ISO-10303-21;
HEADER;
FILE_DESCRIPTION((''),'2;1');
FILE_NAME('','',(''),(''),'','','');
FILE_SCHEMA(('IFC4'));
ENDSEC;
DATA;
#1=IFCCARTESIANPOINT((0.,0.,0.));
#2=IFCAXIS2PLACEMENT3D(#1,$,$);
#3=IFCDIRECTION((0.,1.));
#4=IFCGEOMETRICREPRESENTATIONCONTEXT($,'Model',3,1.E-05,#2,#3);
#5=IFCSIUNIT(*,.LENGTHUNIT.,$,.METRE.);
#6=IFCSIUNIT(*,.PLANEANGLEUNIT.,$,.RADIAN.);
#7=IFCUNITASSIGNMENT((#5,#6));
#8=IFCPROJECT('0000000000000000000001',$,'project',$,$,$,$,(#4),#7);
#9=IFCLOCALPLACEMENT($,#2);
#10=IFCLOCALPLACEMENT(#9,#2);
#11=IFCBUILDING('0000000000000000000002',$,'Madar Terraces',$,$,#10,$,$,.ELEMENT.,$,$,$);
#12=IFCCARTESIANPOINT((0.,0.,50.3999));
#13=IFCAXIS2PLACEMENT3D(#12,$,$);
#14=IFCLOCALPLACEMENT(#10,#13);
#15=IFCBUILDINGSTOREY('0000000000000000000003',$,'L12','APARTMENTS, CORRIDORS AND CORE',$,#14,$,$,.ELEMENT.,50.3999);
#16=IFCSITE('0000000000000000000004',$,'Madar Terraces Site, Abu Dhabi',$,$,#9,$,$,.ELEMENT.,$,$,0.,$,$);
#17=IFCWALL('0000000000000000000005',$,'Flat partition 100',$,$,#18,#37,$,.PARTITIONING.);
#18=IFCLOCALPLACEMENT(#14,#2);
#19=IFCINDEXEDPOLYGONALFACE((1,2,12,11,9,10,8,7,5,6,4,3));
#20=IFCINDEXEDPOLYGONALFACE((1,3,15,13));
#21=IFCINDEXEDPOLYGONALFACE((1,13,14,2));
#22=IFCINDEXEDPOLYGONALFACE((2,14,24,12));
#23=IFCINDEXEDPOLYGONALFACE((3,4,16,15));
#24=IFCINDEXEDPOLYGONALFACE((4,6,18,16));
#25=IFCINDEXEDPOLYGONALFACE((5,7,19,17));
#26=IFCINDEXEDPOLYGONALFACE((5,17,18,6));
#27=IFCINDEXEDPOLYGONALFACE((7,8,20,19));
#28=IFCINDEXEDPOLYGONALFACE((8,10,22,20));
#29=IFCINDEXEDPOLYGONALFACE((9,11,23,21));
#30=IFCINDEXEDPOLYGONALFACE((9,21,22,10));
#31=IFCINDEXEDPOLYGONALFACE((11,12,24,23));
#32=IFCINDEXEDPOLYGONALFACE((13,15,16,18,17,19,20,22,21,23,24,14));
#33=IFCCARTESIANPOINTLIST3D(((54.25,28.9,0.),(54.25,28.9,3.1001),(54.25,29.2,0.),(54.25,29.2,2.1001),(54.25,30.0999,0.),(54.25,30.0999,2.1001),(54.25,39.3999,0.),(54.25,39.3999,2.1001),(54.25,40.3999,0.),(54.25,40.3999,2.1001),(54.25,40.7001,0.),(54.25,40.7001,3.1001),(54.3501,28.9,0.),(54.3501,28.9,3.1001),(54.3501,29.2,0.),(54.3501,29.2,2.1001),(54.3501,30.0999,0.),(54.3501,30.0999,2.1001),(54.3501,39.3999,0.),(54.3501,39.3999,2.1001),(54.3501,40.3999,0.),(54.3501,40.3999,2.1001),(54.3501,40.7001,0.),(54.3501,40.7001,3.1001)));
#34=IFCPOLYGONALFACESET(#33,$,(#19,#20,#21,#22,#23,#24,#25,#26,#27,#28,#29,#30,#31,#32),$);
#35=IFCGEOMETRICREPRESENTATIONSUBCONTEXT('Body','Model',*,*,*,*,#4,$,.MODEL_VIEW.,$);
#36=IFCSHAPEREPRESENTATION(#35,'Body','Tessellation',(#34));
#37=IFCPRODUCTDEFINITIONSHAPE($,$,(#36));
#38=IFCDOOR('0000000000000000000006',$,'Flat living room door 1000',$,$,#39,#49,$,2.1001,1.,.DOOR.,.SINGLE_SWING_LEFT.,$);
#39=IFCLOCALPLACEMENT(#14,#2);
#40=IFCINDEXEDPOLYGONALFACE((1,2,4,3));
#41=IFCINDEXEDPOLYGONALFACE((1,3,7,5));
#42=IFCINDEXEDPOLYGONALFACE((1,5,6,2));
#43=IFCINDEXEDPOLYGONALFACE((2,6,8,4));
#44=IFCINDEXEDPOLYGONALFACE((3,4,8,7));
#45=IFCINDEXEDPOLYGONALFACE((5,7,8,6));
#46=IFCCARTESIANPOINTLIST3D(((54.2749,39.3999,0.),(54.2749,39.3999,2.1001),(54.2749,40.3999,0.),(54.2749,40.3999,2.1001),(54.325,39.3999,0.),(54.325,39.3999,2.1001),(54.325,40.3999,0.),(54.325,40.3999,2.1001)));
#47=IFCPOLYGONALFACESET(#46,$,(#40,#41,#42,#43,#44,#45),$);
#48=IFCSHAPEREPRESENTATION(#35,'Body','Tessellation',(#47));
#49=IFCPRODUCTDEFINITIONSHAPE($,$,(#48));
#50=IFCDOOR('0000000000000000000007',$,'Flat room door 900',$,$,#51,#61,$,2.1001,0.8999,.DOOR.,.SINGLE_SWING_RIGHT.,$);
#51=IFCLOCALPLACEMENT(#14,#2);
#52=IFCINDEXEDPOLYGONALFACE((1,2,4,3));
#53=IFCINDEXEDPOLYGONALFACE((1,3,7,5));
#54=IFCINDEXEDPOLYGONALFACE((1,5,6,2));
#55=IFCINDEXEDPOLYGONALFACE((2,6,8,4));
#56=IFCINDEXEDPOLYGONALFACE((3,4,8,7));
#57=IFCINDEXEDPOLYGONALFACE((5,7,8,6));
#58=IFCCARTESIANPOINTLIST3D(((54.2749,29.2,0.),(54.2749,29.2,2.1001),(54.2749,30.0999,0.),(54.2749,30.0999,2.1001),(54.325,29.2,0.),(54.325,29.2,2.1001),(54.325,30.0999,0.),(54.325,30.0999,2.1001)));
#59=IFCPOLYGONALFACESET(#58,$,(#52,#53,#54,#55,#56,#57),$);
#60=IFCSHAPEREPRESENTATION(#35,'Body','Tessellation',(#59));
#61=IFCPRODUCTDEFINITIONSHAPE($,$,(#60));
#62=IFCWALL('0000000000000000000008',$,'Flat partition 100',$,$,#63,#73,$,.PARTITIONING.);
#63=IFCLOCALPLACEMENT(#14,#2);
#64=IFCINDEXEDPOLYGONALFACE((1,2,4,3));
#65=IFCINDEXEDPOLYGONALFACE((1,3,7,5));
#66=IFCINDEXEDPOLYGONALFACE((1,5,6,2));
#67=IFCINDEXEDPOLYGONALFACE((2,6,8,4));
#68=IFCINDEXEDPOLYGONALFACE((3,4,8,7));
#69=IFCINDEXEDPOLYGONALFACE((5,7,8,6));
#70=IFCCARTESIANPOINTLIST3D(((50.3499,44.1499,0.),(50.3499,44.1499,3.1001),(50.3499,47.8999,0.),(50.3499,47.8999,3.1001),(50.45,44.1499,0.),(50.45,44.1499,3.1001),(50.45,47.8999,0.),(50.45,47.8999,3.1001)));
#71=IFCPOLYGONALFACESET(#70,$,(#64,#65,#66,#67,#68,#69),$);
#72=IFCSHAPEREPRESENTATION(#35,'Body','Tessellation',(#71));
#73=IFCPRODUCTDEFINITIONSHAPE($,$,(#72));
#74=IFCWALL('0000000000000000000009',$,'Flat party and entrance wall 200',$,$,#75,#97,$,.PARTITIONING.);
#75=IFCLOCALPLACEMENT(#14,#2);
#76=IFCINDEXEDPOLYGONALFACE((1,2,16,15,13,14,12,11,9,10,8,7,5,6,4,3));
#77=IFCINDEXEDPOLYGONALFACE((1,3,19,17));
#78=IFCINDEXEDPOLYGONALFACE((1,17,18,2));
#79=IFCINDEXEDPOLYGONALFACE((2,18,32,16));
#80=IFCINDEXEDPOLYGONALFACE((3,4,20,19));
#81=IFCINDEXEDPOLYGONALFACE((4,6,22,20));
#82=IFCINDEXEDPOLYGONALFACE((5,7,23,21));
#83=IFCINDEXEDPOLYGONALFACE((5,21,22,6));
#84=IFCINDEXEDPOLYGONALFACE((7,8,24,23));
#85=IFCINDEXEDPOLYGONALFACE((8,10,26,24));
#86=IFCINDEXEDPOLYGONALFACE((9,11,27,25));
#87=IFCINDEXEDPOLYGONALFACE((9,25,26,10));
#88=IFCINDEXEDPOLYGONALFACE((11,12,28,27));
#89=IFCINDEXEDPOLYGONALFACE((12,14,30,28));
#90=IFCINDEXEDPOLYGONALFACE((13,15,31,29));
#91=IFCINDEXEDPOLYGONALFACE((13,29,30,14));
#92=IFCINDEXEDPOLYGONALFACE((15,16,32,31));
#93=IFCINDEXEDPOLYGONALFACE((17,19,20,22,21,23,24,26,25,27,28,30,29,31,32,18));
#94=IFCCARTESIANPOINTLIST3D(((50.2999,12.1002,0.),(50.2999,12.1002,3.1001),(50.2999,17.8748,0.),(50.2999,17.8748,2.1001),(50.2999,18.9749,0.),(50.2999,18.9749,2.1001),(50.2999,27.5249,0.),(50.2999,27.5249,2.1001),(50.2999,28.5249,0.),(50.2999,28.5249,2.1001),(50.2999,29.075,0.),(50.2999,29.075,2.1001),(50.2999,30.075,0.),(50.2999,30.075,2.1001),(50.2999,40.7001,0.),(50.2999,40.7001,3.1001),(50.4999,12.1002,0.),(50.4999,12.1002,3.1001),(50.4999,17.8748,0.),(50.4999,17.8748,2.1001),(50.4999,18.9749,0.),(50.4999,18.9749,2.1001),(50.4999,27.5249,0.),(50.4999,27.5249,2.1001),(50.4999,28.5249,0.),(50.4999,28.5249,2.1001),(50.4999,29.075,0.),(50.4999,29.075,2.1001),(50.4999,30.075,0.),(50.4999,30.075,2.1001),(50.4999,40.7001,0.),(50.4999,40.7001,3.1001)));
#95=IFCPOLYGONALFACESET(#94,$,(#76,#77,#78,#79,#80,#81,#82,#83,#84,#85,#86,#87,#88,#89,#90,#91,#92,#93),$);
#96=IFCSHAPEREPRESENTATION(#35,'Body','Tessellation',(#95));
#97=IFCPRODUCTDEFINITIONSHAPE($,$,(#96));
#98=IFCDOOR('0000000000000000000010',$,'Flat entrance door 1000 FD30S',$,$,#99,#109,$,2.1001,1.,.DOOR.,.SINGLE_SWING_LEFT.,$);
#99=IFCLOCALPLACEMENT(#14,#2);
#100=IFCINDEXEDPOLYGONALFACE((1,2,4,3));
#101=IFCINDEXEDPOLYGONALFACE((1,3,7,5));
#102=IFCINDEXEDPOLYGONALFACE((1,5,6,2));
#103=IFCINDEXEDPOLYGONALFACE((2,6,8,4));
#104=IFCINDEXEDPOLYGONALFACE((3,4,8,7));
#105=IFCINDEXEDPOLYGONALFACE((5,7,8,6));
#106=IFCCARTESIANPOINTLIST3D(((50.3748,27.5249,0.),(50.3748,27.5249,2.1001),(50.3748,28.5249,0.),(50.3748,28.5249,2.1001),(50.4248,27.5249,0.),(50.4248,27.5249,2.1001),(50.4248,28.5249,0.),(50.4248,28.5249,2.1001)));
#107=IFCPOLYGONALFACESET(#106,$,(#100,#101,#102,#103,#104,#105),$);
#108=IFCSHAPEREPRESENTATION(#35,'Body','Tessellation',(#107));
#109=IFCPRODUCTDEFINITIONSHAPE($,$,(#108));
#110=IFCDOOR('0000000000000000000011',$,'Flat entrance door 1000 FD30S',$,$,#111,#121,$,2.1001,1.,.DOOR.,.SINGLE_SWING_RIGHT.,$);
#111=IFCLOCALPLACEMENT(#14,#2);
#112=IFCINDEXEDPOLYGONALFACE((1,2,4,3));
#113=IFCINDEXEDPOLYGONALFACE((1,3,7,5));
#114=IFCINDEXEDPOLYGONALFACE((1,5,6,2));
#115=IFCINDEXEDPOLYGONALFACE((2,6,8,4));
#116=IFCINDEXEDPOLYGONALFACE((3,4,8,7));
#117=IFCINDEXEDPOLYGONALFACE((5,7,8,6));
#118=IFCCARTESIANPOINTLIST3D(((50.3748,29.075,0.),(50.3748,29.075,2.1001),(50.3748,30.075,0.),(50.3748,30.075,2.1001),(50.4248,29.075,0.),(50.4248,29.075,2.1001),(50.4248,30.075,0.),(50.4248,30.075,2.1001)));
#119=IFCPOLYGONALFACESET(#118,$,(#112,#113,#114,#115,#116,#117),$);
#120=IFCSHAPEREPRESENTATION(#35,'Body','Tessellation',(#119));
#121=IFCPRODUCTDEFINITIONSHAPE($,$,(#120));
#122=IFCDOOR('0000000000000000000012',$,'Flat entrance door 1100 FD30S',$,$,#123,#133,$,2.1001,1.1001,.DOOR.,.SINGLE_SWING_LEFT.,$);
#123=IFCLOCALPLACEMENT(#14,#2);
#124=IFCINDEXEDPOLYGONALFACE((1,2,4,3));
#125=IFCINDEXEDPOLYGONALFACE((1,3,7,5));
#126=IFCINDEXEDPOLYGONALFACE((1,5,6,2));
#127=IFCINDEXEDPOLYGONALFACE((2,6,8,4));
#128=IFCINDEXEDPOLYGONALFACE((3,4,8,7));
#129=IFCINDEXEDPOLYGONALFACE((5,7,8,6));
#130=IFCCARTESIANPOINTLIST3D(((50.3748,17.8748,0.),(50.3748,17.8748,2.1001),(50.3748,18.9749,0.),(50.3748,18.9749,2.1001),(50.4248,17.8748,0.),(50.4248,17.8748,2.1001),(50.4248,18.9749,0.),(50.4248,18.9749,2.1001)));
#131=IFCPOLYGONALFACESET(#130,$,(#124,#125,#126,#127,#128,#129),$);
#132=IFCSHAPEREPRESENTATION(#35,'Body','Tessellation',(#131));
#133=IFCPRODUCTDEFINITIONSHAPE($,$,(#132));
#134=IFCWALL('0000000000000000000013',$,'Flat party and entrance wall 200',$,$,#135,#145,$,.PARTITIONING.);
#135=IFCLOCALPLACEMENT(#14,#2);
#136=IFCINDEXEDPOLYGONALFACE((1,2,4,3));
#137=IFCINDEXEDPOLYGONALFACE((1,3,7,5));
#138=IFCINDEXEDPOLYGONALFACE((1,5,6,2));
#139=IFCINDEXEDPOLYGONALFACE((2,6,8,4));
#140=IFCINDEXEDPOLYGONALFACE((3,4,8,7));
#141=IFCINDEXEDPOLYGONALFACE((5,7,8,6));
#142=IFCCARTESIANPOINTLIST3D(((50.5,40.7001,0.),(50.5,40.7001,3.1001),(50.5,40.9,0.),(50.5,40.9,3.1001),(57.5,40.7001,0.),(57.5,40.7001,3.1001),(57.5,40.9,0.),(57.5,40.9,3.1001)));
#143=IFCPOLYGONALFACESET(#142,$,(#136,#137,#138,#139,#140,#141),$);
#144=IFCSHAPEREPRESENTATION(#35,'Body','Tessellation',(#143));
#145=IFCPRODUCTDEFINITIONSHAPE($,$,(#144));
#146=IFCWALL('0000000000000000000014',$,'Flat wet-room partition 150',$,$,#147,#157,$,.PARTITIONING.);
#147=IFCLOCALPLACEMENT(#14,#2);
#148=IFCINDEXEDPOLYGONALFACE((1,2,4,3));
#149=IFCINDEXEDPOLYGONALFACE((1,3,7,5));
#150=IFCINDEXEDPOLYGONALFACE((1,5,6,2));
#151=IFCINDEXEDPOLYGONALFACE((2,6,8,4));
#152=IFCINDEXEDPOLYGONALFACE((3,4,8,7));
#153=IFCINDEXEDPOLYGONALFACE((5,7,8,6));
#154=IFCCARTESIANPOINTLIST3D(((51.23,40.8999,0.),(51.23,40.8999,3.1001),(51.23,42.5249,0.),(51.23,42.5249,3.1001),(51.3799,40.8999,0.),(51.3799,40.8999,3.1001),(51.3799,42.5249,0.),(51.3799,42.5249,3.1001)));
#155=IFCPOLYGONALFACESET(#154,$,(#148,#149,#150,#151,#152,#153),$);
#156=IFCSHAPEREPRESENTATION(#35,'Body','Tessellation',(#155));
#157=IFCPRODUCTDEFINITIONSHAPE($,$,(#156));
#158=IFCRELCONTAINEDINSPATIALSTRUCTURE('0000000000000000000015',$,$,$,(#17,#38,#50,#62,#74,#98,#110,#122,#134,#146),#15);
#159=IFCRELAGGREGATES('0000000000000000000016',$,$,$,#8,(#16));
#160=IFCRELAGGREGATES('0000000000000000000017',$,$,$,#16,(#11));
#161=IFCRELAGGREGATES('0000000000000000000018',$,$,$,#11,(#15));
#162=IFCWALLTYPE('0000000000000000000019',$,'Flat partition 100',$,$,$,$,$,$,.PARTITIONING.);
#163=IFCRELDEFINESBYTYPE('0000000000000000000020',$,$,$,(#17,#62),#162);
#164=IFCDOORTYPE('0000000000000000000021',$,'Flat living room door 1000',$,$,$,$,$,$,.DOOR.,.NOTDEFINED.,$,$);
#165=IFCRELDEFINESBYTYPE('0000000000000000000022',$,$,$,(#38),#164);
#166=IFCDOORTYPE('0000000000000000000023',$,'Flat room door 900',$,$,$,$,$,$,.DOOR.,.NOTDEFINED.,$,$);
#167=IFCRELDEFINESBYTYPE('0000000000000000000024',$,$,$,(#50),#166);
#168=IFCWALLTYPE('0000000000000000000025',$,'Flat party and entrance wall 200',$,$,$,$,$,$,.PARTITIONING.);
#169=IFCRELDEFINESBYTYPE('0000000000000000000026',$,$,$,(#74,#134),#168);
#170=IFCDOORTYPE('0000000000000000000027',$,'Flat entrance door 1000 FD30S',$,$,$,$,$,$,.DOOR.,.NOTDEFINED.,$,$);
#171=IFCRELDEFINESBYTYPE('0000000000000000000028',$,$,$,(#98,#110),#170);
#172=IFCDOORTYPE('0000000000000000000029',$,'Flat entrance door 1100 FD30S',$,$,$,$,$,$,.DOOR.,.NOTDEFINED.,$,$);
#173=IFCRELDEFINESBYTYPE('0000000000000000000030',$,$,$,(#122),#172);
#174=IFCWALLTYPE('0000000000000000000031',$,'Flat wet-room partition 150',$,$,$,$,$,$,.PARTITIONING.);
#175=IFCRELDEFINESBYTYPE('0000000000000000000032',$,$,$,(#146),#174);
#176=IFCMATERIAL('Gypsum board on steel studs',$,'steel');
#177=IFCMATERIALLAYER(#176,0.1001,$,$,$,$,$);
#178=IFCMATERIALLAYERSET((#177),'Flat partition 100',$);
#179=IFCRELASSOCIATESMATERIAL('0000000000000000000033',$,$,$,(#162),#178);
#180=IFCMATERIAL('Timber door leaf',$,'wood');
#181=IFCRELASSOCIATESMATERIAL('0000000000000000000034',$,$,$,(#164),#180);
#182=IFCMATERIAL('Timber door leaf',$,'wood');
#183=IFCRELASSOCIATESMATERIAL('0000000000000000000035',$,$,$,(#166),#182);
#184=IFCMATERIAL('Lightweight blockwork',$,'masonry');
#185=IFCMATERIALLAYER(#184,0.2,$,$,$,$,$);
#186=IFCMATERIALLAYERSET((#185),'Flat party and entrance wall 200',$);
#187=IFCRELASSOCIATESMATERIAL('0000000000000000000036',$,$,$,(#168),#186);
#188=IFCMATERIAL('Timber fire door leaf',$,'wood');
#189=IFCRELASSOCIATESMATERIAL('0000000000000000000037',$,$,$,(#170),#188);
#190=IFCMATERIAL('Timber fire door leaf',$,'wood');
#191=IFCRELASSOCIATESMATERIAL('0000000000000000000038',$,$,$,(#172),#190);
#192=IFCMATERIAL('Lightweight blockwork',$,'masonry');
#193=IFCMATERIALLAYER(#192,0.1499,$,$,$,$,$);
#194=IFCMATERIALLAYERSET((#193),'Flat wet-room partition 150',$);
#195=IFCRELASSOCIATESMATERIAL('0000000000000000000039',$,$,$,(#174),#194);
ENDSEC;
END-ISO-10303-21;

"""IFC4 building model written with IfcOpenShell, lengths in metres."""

from ifc_helpers import new_model, si_unit, direction, frame, frame_2d, origin, place, context, subcontext, project, spatial, rectangle, extrude, material, layer, layer_set, type_object, element, fill, save


model = new_model("IFC4")

# Units and contexts
model_context = context("Model", 3, precision=1e-05, world=origin(), true_north=direction((0.0, 1.0)))
body_context = subcontext(model_context, "Body", "Model", "MODEL_VIEW")
ifc_project = project(units=[si_unit("LENGTHUNIT", "METRE"), si_unit("PLANEANGLEUNIT", "RADIAN")], contexts=[model_context])

# Site, building, storey
site_placement = place(None, origin())
site = spatial("IfcSite", under=ifc_project, at=site_placement, Name="Madar Terraces Site, Abu Dhabi", CompositionType="ELEMENT", RefElevation=0.0)
building_placement = place(site_placement, origin())
building = spatial("IfcBuilding", under=site, at=building_placement, Name="Madar Terraces", CompositionType="ELEMENT")
storey_placement = place(building_placement, frame((0.0, 0.0, 50.3999)))
storey = spatial("IfcBuildingStorey", under=building, at=storey_placement, Name="L12", Description="APARTMENTS, CORRIDORS AND CORE", CompositionType="ELEMENT", Elevation=50.3999)

# Wall, openings, doors
ifc_material_1 = material(Name="Gypsum board on steel studs", Category="steel")
ifc_layer_1 = layer(ifc_material_1, 0.1001)
ifc_layer_set_1 = layer_set([ifc_layer_1], Name="Flat partition 100")
wall_type_1 = type_object("IfcWallType", Name="Flat partition 100", PredefinedType="PARTITIONING", material=ifc_layer_set_1)
wall_1_placement = place(storey_placement, frame((54.3, 40.7, 0.0), z_axis=(0.0, 0.0, 1.0), x_axis=(0.0, -1.0, 0.0)))
wall_1 = element("IfcWall", 1, at=wall_1_placement, inside=storey, type_object=wall_type_1, Name="Flat partition 100", PredefinedType="PARTITIONING", context=body_context, shape_type="SweptSolid", body=[
    extrude(rectangle(XDim=11.8, YDim=0.1001, at=frame_2d((5.8999, 0.0))), origin(), (0.0, 0.0, 1.0), 3.1001),
])
opening_1_placement = place(wall_1_placement, frame((10.6001, 0.0, 0.0)))
opening_1 = element("IfcOpeningElement", 2, at=opening_1_placement, cuts=wall_1, PredefinedType="OPENING", context=body_context, shape_type="SweptSolid", body=[
    extrude(rectangle(XDim=0.8999, YDim=2.1001, at=frame_2d((0.45, 1.05))), frame((0.0, 0.0601, 0.0), z_axis=(0.0, -1.0, 0.0), x_axis=(1.0, 0.0, 0.0)), (0.0, 0.0, 1.0), 0.1201),
])
opening_2_placement = place(wall_1_placement, frame((0.3, 0.0, 0.0)))
opening_2 = element("IfcOpeningElement", 3, at=opening_2_placement, cuts=wall_1, PredefinedType="OPENING", context=body_context, shape_type="SweptSolid", body=[
    extrude(rectangle(XDim=1.0, YDim=2.1001, at=frame_2d((0.5, 1.05))), frame((0.0, 0.0601, 0.0), z_axis=(0.0, -1.0, 0.0), x_axis=(1.0, 0.0, 0.0)), (0.0, 0.0, 1.0), 0.1201),
])
ifc_material_2 = material(Name="Timber door leaf", Category="wood")
door_type_1 = type_object("IfcDoorType", Name="Flat living room door 1000", OperationType="NOTDEFINED", PredefinedType="DOOR", material=ifc_material_2)
door_1_placement = place(opening_2_placement, origin())
door_1 = element("IfcDoor", 4, at=door_1_placement, inside=storey, type_object=door_type_1, Name="Flat living room door 1000", OperationType="SINGLE_SWING_LEFT", OverallHeight=2.1001, OverallWidth=1.0, PredefinedType="DOOR", context=body_context, shape_type="SweptSolid", body=[
    extrude(rectangle(XDim=1.0, YDim=2.1001, at=frame_2d((0.5, 1.05))), frame((0.0, 0.0249, 0.0), z_axis=(0.0, -1.0, 0.0), x_axis=(1.0, 0.0, 0.0)), (0.0, 0.0, 1.0), 0.05),
])
fill(opening_2, door_1)
ifc_material_3 = material(Name="Timber door leaf", Category="wood")
door_type_2 = type_object("IfcDoorType", Name="Flat room door 900", OperationType="NOTDEFINED", PredefinedType="DOOR", material=ifc_material_3)
door_2_placement = place(opening_1_placement, origin())
door_2 = element("IfcDoor", 5, at=door_2_placement, inside=storey, type_object=door_type_2, Name="Flat room door 900", OperationType="SINGLE_SWING_RIGHT", OverallHeight=2.1001, OverallWidth=0.8999, PredefinedType="DOOR", context=body_context, shape_type="SweptSolid", body=[
    extrude(rectangle(XDim=0.8999, YDim=2.1001, at=frame_2d((0.45, 1.05))), frame((0.0, 0.0249, 0.0), z_axis=(0.0, -1.0, 0.0), x_axis=(1.0, 0.0, 0.0)), (0.0, 0.0, 1.0), 0.05),
])
fill(opening_1, door_2)

# Wall
wall_2_placement = place(storey_placement, frame((50.3999, 44.1499, 0.0), z_axis=(0.0, 0.0, 1.0), x_axis=(0.0, 1.0, 0.0)))
element("IfcWall", 6, at=wall_2_placement, inside=storey, type_object=wall_type_1, Name="Flat partition 100", PredefinedType="PARTITIONING", context=body_context, shape_type="SweptSolid", body=[
    extrude(rectangle(XDim=3.75, YDim=0.1001, at=frame_2d((1.875, 0.0))), origin(), (0.0, 0.0, 1.0), 3.1001),
])

# Wall, openings, doors
ifc_material_4 = material(Name="Lightweight blockwork", Category="masonry")
ifc_layer_2 = layer(ifc_material_4, 0.2)
ifc_layer_set_2 = layer_set([ifc_layer_2], Name="Flat party and entrance wall 200")
wall_type_2 = type_object("IfcWallType", Name="Flat party and entrance wall 200", PredefinedType="PARTITIONING", material=ifc_layer_set_2)
wall_3_placement = place(storey_placement, frame((50.3999, 40.7, 0.0), z_axis=(0.0, 0.0, 1.0), x_axis=(0.0, -1.0, 0.0)))
wall_3 = element("IfcWall", 7, at=wall_3_placement, inside=storey, type_object=wall_type_2, Name="Flat party and entrance wall 200", PredefinedType="PARTITIONING", context=body_context, shape_type="SweptSolid", body=[
    extrude(rectangle(XDim=28.5999, YDim=0.2, at=frame_2d((14.2998, 0.0))), origin(), (0.0, 0.0, 1.0), 3.1001),
])
opening_3_placement = place(wall_3_placement, frame((21.7251, 0.0, 0.0)))
opening_3 = element("IfcOpeningElement", 8, at=opening_3_placement, cuts=wall_3, PredefinedType="OPENING", context=body_context, shape_type="SweptSolid", body=[
    extrude(rectangle(XDim=1.1001, YDim=2.1001, at=frame_2d((0.55, 1.05))), frame((0.0, 0.1099, 0.0), z_axis=(0.0, -1.0, 0.0), x_axis=(1.0, 0.0, 0.0)), (0.0, 0.0, 1.0), 0.22),
])
opening_4_placement = place(wall_3_placement, frame((12.175, 0.0, 0.0)))
opening_4 = element("IfcOpeningElement", 9, at=opening_4_placement, cuts=wall_3, PredefinedType="OPENING", context=body_context, shape_type="SweptSolid", body=[
    extrude(rectangle(XDim=1.0, YDim=2.1001, at=frame_2d((0.5, 1.05))), frame((0.0, 0.1099, 0.0), z_axis=(0.0, -1.0, 0.0), x_axis=(1.0, 0.0, 0.0)), (0.0, 0.0, 1.0), 0.22),
])
opening_5_placement = place(wall_3_placement, frame((10.625, 0.0, 0.0)))
opening_5 = element("IfcOpeningElement", 10, at=opening_5_placement, cuts=wall_3, PredefinedType="OPENING", context=body_context, shape_type="SweptSolid", body=[
    extrude(rectangle(XDim=1.0, YDim=2.1001, at=frame_2d((0.5, 1.05))), frame((0.0, 0.1099, 0.0), z_axis=(0.0, -1.0, 0.0), x_axis=(1.0, 0.0, 0.0)), (0.0, 0.0, 1.0), 0.22),
])
ifc_material_5 = material(Name="Timber fire door leaf", Category="wood")
door_type_3 = type_object("IfcDoorType", Name="Flat entrance door 1000 FD30S", OperationType="NOTDEFINED", PredefinedType="DOOR", material=ifc_material_5)
door_3_placement = place(opening_4_placement, origin())
door_3 = element("IfcDoor", 11, at=door_3_placement, inside=storey, type_object=door_type_3, Name="Flat entrance door 1000 FD30S", OperationType="SINGLE_SWING_LEFT", OverallHeight=2.1001, OverallWidth=1.0, PredefinedType="DOOR", context=body_context, shape_type="SweptSolid", body=[
    extrude(rectangle(XDim=1.0, YDim=2.1001, at=frame_2d((0.5, 1.05))), frame((0.0, 0.0249, 0.0), z_axis=(0.0, -1.0, 0.0), x_axis=(1.0, 0.0, 0.0)), (0.0, 0.0, 1.0), 0.05),
])
fill(opening_4, door_3)
door_4_placement = place(opening_5_placement, origin())
door_4 = element("IfcDoor", 12, at=door_4_placement, inside=storey, type_object=door_type_3, Name="Flat entrance door 1000 FD30S", OperationType="SINGLE_SWING_RIGHT", OverallHeight=2.1001, OverallWidth=1.0, PredefinedType="DOOR", context=body_context, shape_type="SweptSolid", body=[
    extrude(rectangle(XDim=1.0, YDim=2.1001, at=frame_2d((0.5, 1.05))), frame((0.0, 0.0249, 0.0), z_axis=(0.0, -1.0, 0.0), x_axis=(1.0, 0.0, 0.0)), (0.0, 0.0, 1.0), 0.05),
])
fill(opening_5, door_4)
ifc_material_6 = material(Name="Timber fire door leaf", Category="wood")
door_type_4 = type_object("IfcDoorType", Name="Flat entrance door 1100 FD30S", OperationType="NOTDEFINED", PredefinedType="DOOR", material=ifc_material_6)
door_5_placement = place(opening_3_placement, origin())
door_5 = element("IfcDoor", 13, at=door_5_placement, inside=storey, type_object=door_type_4, Name="Flat entrance door 1100 FD30S", OperationType="SINGLE_SWING_LEFT", OverallHeight=2.1001, OverallWidth=1.1001, PredefinedType="DOOR", context=body_context, shape_type="SweptSolid", body=[
    extrude(rectangle(XDim=1.1001, YDim=2.1001, at=frame_2d((0.55, 1.05))), frame((0.0, 0.0249, 0.0), z_axis=(0.0, -1.0, 0.0), x_axis=(1.0, 0.0, 0.0)), (0.0, 0.0, 1.0), 0.05),
])
fill(opening_3, door_5)

# Walls
wall_4_placement = place(storey_placement, frame((50.5, 40.8, 0.0), z_axis=(0.0, 0.0, 1.0), x_axis=(1.0, 0.0, 0.0)))
element("IfcWall", 14, at=wall_4_placement, inside=storey, type_object=wall_type_2, Name="Flat party and entrance wall 200", PredefinedType="PARTITIONING", context=body_context, shape_type="SweptSolid", body=[
    extrude(rectangle(XDim=7.0, YDim=0.2, at=frame_2d((3.5, 0.0))), origin(), (0.0, 0.0, 1.0), 3.1001),
])
ifc_material_7 = material(Name="Lightweight blockwork", Category="masonry")
ifc_layer_3 = layer(ifc_material_7, 0.1499)
ifc_layer_set_3 = layer_set([ifc_layer_3], Name="Flat wet-room partition 150")
wall_type_3 = type_object("IfcWallType", Name="Flat wet-room partition 150", PredefinedType="PARTITIONING", material=ifc_layer_set_3)
wall_5_placement = place(storey_placement, frame((51.3049, 40.8999, 0.0), z_axis=(0.0, 0.0, 1.0), x_axis=(0.0, 1.0, 0.0)))
element("IfcWall", 15, at=wall_5_placement, inside=storey, type_object=wall_type_3, Name="Flat wet-room partition 150", PredefinedType="PARTITIONING", context=body_context, shape_type="SweptSolid", body=[
    extrude(rectangle(XDim=1.625, YDim=0.1499, at=frame_2d((0.8125, 0.0))), origin(), (0.0, 0.0, 1.0), 3.1001),
])

save(model, "model.ifc")
